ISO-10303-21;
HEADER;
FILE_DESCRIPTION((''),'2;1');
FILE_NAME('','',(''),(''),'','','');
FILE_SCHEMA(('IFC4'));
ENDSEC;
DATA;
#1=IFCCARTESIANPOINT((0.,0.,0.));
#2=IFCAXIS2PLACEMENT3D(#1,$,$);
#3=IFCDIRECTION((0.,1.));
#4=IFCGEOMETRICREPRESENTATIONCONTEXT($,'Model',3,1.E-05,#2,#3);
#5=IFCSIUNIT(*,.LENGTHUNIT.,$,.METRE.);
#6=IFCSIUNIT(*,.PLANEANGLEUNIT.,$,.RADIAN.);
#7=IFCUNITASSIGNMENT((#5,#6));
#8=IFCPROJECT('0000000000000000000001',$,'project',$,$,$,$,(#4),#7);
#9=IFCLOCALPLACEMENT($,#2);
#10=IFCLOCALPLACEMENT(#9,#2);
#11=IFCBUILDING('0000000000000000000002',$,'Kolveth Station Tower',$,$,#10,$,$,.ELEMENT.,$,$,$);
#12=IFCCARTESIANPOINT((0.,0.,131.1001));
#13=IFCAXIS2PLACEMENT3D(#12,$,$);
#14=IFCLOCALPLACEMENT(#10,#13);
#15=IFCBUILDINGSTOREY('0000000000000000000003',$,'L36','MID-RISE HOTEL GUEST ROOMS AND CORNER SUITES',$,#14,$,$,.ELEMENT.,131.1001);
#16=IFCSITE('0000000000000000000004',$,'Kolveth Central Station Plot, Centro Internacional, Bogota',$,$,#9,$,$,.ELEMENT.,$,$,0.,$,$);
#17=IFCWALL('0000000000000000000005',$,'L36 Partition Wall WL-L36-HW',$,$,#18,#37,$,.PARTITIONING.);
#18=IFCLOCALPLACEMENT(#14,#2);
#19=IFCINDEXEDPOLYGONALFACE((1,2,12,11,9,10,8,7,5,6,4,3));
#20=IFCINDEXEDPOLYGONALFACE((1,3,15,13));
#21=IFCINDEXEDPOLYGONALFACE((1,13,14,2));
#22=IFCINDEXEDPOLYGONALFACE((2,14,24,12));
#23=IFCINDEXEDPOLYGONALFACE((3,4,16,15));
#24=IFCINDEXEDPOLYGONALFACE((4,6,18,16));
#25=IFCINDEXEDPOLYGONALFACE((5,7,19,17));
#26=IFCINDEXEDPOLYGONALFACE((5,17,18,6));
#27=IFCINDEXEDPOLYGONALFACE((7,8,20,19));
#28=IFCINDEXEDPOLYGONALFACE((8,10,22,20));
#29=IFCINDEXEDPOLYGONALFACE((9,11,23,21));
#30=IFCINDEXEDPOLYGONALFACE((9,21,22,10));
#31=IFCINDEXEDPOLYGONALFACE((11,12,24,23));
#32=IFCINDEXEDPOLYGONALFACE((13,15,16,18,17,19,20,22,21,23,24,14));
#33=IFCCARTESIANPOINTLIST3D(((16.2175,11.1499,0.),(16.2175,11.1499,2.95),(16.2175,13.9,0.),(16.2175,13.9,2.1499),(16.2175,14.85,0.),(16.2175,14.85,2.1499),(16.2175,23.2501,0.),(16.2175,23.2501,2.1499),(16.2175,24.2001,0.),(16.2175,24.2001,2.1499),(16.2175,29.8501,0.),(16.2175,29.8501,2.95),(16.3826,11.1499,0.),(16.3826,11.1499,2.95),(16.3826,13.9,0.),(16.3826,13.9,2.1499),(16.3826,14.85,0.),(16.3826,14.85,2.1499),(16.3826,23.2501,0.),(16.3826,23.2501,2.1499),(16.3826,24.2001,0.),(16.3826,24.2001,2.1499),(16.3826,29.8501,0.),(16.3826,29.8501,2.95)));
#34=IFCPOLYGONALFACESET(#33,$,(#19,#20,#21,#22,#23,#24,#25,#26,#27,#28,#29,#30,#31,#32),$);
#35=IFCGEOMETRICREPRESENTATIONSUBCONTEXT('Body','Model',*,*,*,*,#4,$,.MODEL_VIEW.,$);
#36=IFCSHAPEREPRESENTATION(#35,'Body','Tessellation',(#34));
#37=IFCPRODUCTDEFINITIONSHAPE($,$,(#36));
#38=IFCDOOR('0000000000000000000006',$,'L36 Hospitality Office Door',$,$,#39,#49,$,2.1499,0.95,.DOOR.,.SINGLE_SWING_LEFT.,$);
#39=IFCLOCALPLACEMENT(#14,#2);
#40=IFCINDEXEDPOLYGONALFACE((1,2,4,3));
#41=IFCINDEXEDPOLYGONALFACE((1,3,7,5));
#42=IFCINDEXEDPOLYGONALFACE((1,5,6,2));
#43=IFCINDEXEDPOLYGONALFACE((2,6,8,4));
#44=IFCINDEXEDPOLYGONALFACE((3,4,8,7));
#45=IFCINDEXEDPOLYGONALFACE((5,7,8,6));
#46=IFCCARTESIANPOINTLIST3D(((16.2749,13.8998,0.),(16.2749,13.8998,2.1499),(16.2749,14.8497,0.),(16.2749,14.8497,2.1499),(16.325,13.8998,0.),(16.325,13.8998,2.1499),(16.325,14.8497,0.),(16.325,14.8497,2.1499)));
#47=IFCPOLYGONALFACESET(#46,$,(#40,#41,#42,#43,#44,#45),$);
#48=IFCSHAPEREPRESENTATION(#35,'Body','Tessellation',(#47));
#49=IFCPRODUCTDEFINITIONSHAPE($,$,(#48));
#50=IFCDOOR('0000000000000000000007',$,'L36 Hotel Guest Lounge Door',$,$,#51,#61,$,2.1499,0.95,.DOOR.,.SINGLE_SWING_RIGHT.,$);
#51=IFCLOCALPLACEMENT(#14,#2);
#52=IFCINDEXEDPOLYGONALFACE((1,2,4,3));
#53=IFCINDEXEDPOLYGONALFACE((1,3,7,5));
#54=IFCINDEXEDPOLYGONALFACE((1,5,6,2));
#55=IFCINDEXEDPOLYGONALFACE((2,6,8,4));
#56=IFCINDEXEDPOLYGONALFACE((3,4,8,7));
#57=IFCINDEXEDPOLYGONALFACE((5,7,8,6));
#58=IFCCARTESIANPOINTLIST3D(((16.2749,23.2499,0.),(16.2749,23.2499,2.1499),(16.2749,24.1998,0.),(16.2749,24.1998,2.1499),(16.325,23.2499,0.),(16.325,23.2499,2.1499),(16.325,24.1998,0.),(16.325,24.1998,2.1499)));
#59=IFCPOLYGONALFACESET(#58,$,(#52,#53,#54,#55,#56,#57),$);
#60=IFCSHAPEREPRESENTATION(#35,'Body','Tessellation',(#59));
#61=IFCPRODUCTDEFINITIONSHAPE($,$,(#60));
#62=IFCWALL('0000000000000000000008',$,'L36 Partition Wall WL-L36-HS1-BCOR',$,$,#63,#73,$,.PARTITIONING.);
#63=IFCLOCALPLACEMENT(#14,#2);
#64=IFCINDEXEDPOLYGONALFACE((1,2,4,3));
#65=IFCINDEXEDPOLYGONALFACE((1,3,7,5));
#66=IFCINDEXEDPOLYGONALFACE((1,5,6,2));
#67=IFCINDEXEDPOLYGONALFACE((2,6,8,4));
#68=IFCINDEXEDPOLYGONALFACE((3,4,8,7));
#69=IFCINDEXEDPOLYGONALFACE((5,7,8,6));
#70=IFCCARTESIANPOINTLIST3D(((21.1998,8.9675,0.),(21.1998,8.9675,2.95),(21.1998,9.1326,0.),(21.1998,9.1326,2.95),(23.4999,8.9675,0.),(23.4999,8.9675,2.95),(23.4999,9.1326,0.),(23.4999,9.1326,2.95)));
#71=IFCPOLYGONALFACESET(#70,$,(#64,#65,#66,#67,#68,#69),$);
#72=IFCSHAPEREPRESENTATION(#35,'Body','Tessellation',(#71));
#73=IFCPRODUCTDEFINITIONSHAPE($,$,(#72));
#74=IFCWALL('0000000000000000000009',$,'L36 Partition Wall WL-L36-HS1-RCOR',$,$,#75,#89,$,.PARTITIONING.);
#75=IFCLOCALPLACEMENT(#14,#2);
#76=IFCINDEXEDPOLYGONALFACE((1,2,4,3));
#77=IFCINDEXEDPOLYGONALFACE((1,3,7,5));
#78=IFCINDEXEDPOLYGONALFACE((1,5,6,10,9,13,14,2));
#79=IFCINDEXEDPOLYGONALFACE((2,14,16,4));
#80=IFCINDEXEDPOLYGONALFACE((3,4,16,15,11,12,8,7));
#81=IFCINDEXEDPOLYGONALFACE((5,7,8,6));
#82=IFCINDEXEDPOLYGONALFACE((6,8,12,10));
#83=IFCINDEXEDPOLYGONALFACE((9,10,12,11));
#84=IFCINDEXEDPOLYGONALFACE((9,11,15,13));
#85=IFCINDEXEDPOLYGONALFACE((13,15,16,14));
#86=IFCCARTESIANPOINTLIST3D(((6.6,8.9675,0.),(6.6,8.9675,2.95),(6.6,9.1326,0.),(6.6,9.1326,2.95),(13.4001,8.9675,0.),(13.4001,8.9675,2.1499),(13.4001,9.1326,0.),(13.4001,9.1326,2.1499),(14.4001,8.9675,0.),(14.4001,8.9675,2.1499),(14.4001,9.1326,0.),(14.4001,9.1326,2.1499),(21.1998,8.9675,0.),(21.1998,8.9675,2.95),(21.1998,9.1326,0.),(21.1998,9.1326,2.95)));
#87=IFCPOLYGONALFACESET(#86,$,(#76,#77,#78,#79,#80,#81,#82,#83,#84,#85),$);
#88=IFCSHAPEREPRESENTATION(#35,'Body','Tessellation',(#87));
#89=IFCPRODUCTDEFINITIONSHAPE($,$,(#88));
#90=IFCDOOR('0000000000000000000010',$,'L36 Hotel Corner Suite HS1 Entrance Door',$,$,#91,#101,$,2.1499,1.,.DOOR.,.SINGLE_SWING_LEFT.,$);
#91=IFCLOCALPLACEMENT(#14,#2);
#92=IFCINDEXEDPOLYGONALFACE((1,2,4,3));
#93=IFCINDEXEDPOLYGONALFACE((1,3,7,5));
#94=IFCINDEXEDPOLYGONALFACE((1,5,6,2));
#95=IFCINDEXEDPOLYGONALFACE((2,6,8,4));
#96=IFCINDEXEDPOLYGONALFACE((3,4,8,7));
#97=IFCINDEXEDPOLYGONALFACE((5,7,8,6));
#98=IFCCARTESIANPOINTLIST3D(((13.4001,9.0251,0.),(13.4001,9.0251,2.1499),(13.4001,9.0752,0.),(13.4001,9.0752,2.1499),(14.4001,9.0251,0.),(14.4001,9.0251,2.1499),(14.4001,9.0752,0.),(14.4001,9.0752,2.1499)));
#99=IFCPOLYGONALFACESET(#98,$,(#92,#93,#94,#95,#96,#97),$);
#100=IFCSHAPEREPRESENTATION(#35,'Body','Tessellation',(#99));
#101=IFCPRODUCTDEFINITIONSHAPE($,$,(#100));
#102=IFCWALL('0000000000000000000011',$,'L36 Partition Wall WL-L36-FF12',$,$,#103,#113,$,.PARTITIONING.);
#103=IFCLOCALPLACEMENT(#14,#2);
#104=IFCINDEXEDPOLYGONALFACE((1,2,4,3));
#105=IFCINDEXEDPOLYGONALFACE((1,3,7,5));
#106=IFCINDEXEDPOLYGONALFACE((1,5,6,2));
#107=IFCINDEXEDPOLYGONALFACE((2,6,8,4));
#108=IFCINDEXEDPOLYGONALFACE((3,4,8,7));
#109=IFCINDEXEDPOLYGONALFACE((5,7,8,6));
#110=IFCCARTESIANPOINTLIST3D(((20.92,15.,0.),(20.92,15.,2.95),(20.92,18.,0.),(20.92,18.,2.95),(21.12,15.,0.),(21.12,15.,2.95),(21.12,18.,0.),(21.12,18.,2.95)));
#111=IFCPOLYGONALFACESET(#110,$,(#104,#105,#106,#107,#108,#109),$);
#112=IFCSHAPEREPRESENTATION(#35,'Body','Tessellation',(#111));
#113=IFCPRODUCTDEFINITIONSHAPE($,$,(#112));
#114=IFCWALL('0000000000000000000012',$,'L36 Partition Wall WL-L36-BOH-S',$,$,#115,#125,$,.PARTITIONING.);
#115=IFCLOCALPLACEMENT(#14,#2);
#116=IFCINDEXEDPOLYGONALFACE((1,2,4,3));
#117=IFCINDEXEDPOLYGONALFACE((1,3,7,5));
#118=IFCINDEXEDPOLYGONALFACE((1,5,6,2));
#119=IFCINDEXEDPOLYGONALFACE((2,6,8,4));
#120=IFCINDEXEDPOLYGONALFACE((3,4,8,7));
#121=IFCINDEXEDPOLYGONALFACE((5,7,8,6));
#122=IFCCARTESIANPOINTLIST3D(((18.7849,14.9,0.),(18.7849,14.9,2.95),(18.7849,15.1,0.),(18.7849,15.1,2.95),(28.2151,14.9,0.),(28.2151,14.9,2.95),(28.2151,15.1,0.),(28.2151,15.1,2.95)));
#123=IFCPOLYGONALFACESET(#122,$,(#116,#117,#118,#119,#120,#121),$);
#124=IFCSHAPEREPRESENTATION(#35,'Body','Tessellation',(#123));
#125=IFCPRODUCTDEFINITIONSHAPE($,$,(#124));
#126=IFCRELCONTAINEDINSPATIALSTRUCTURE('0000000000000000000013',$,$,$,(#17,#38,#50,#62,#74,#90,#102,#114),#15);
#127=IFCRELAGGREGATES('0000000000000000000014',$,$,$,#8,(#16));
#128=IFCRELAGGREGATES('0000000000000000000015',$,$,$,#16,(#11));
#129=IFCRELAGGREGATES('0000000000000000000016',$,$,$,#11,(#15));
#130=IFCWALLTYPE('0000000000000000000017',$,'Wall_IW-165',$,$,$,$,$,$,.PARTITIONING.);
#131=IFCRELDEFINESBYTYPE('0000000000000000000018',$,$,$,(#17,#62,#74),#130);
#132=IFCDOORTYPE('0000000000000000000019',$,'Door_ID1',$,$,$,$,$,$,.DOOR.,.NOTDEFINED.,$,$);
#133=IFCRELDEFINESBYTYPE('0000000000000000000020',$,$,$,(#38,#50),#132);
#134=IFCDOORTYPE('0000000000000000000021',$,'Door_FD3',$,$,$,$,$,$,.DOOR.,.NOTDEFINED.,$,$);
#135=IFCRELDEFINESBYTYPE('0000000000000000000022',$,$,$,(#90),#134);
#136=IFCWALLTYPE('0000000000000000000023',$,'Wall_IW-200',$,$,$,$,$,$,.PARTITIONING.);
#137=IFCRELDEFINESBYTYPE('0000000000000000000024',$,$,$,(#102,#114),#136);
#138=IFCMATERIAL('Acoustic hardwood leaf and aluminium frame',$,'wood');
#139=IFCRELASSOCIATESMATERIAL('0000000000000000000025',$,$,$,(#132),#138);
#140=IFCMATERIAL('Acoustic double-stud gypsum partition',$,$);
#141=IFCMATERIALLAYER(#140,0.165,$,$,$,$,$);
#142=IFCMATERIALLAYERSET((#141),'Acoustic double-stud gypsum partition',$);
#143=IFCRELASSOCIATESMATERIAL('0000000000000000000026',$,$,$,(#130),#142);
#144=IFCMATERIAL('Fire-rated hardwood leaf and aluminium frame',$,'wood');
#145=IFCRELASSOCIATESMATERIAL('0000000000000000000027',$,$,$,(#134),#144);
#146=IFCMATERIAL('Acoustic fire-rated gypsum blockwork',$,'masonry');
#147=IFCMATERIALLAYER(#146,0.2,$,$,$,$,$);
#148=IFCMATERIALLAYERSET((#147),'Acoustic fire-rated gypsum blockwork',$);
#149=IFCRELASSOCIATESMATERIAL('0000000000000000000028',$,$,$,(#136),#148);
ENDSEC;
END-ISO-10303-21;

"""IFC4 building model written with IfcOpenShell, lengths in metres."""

from ifc_helpers import new_model, si_unit, direction, frame, frame_2d, origin, place, context, subcontext, project, spatial, rectangle, extrude, material, layer, layer_set, type_object, element, fill, save


model = new_model("IFC4")

# Units and contexts
model_context = context("Model", 3, precision=1e-05, world=origin(), true_north=direction((0.0, 1.0)))
body_context = subcontext(model_context, "Body", "Model", "MODEL_VIEW")
ifc_project = project(units=[si_unit("LENGTHUNIT", "METRE"), si_unit("PLANEANGLEUNIT", "RADIAN")], contexts=[model_context])

# Site, building, storey
site_placement = place(None, origin())
site = spatial("IfcSite", under=ifc_project, at=site_placement, Name="Kolveth Central Station Plot, Centro Internacional, Bogota", CompositionType="ELEMENT", RefElevation=0.0)
building_placement = place(site_placement, origin())
building = spatial("IfcBuilding", under=site, at=building_placement, Name="Kolveth Station Tower", CompositionType="ELEMENT")
storey_placement = place(building_placement, frame((0.0, 0.0, 131.1001)))
storey = spatial("IfcBuildingStorey", under=building, at=storey_placement, Name="L36", Description="MID-RISE HOTEL GUEST ROOMS AND CORNER SUITES", CompositionType="ELEMENT", Elevation=131.1001)

# Shared definitions
ifc_material_1 = material(Name="Acoustic hardwood leaf and aluminium frame", Category="wood")
door_type_1 = type_object("IfcDoorType", Name="Door_ID1", OperationType="NOTDEFINED", PredefinedType="DOOR", material=ifc_material_1)

# Shared definitions
ifc_material_2 = material(Name="Acoustic double-stud gypsum partition")
ifc_layer_1 = layer(ifc_material_2, 0.165)
ifc_layer_set_1 = layer_set([ifc_layer_1], Name="Acoustic double-stud gypsum partition")
wall_type_1 = type_object("IfcWallType", Name="Wall_IW-165", PredefinedType="PARTITIONING", material=ifc_layer_set_1)

# Wall, openings, doors
wall_1_placement = place(storey_placement, frame((16.3, 11.1499, 0.0), z_axis=(0.0, 0.0, 1.0), x_axis=(0.0, 1.0, 0.0)))
wall_1 = element("IfcWall", 1, at=wall_1_placement, inside=storey, type_object=wall_type_1, Name="L36 Partition Wall WL-L36-HW", PredefinedType="PARTITIONING", context=body_context, shape_type="SweptSolid", body=[
    extrude(rectangle(XDim=18.7002, YDim=0.165, at=frame_2d((9.3501, 0.0))), origin(), (0.0, 0.0, 1.0), 2.95),
])
opening_1_placement = place(wall_1_placement, frame((2.75, 0.0, 0.0)))
opening_1 = element("IfcOpeningElement", 2, at=opening_1_placement, cuts=wall_1, PredefinedType="OPENING", context=body_context, shape_type="SweptSolid", body=[
    extrude(rectangle(XDim=0.95, YDim=2.1499, at=frame_2d((0.4751, 1.075))), frame((0.0, 0.0925, 0.0), z_axis=(0.0, -1.0, 0.0), x_axis=(1.0, 0.0, 0.0)), (0.0, 0.0, 1.0), 0.1851),
])
opening_2_placement = place(wall_1_placement, frame((12.1001, 0.0, 0.0)))
opening_2 = element("IfcOpeningElement", 3, at=opening_2_placement, cuts=wall_1, PredefinedType="OPENING", context=body_context, shape_type="SweptSolid", body=[
    extrude(rectangle(XDim=0.95, YDim=2.1499, at=frame_2d((0.4751, 1.075))), frame((0.0, 0.0925, 0.0), z_axis=(0.0, -1.0, 0.0), x_axis=(1.0, 0.0, 0.0)), (0.0, 0.0, 1.0), 0.1851),
])
door_1_placement = place(opening_1_placement, frame((0.95, 0.0, 0.0), z_axis=(0.0, 0.0, 1.0), x_axis=(-1.0, 0.0, 0.0)))
door_1 = element("IfcDoor", 4, at=door_1_placement, inside=storey, type_object=door_type_1, Name="L36 Hospitality Office Door", OperationType="SINGLE_SWING_LEFT", OverallHeight=2.1499, OverallWidth=0.95, PredefinedType="DOOR", context=body_context, shape_type="SweptSolid", body=[
    extrude(rectangle(XDim=0.95, YDim=2.1499, at=frame_2d((0.4751, 1.075))), frame((0.0, 0.0249, 0.0), z_axis=(0.0, -1.0, 0.0), x_axis=(1.0, 0.0, 0.0)), (0.0, 0.0, 1.0), 0.05),
])
fill(opening_1, door_1)
door_2_placement = place(opening_2_placement, frame((0.95, 0.0, 0.0), z_axis=(0.0, 0.0, 1.0), x_axis=(-1.0, 0.0, 0.0)))
door_2 = element("IfcDoor", 5, at=door_2_placement, inside=storey, type_object=door_type_1, Name="L36 Hotel Guest Lounge Door", OperationType="SINGLE_SWING_RIGHT", OverallHeight=2.1499, OverallWidth=0.95, PredefinedType="DOOR", context=body_context, shape_type="SweptSolid", body=[
    extrude(rectangle(XDim=0.95, YDim=2.1499, at=frame_2d((0.4751, 1.075))), frame((0.0, 0.0249, 0.0), z_axis=(0.0, -1.0, 0.0), x_axis=(1.0, 0.0, 0.0)), (0.0, 0.0, 1.0), 0.05),
])
fill(opening_2, door_2)

# Wall
wall_2_placement = place(storey_placement, frame((21.2, 9.05, 0.0), z_axis=(0.0, 0.0, 1.0), x_axis=(1.0, 0.0, 0.0)))
element("IfcWall", 6, at=wall_2_placement, inside=storey, type_object=wall_type_1, Name="L36 Partition Wall WL-L36-HS1-BCOR", PredefinedType="PARTITIONING", context=body_context, shape_type="SweptSolid", body=[
    extrude(rectangle(XDim=2.3, YDim=0.165, at=frame_2d((1.1499, 0.0))), origin(), (0.0, 0.0, 1.0), 2.95),
])

# Wall, opening, door
wall_3_placement = place(storey_placement, frame((6.6001, 9.05, 0.0), z_axis=(0.0, 0.0, 1.0), x_axis=(1.0, 0.0, 0.0)))
wall_3 = element("IfcWall", 7, at=wall_3_placement, inside=storey, type_object=wall_type_1, Name="L36 Partition Wall WL-L36-HS1-RCOR", PredefinedType="PARTITIONING", context=body_context, shape_type="SweptSolid", body=[
    extrude(rectangle(XDim=14.5999, YDim=0.165, at=frame_2d((7.2998, 0.0))), origin(), (0.0, 0.0, 1.0), 2.95),
])
opening_3_placement = place(wall_3_placement, frame((6.8, 0.0, 0.0)))
opening_3 = element("IfcOpeningElement", 8, at=opening_3_placement, cuts=wall_3, PredefinedType="OPENING", context=body_context, shape_type="SweptSolid", body=[
    extrude(rectangle(XDim=1.0, YDim=2.1499, at=frame_2d((0.5, 1.075))), frame((0.0, 0.0925, 0.0), z_axis=(0.0, -1.0, 0.0), x_axis=(1.0, 0.0, 0.0)), (0.0, 0.0, 1.0), 0.1851),
])
ifc_material_3 = material(Name="Fire-rated hardwood leaf and aluminium frame", Category="wood")
door_type_2 = type_object("IfcDoorType", Name="Door_FD3", OperationType="NOTDEFINED", PredefinedType="DOOR", material=ifc_material_3)
door_3_placement = place(opening_3_placement, frame((1.0, 0.0, 0.0), z_axis=(0.0, 0.0, 1.0), x_axis=(-1.0, 0.0, 0.0)))
door_3 = element("IfcDoor", 9, at=door_3_placement, inside=storey, type_object=door_type_2, Name="L36 Hotel Corner Suite HS1 Entrance Door", OperationType="SINGLE_SWING_LEFT", OverallHeight=2.1499, OverallWidth=1.0, PredefinedType="DOOR", context=body_context, shape_type="SweptSolid", body=[
    extrude(rectangle(XDim=1.0, YDim=2.1499, at=frame_2d((0.5, 1.075))), frame((0.0, 0.0249, 0.0), z_axis=(0.0, -1.0, 0.0), x_axis=(1.0, 0.0, 0.0)), (0.0, 0.0, 1.0), 0.05),
])
fill(opening_3, door_3)

# Walls
ifc_material_4 = material(Name="Acoustic fire-rated gypsum blockwork", Category="masonry")
ifc_layer_2 = layer(ifc_material_4, 0.2)
ifc_layer_set_2 = layer_set([ifc_layer_2], Name="Acoustic fire-rated gypsum blockwork")
wall_type_2 = type_object("IfcWallType", Name="Wall_IW-200", PredefinedType="PARTITIONING", material=ifc_layer_set_2)
wall_4_placement = place(storey_placement, frame((21.02, 15.0, 0.0), z_axis=(0.0, 0.0, 1.0), x_axis=(0.0, 1.0, 0.0)))
element("IfcWall", 10, at=wall_4_placement, inside=storey, type_object=wall_type_2, Name="L36 Partition Wall WL-L36-FF12", PredefinedType="PARTITIONING", context=body_context, shape_type="SweptSolid", body=[
    extrude(rectangle(XDim=3.0, YDim=0.2, at=frame_2d((1.5, 0.0))), origin(), (0.0, 0.0, 1.0), 2.95),
])
wall_5_placement = place(storey_placement, frame((18.7849, 15.0, 0.0), z_axis=(0.0, 0.0, 1.0), x_axis=(1.0, 0.0, 0.0)))
element("IfcWall", 11, at=wall_5_placement, inside=storey, type_object=wall_type_2, Name="L36 Partition Wall WL-L36-BOH-S", PredefinedType="PARTITIONING", context=body_context, shape_type="SweptSolid", body=[
    extrude(rectangle(XDim=9.4302, YDim=0.2, at=frame_2d((4.7151, 0.0))), origin(), (0.0, 0.0, 1.0), 2.95),
])

save(model, "model.ifc")
